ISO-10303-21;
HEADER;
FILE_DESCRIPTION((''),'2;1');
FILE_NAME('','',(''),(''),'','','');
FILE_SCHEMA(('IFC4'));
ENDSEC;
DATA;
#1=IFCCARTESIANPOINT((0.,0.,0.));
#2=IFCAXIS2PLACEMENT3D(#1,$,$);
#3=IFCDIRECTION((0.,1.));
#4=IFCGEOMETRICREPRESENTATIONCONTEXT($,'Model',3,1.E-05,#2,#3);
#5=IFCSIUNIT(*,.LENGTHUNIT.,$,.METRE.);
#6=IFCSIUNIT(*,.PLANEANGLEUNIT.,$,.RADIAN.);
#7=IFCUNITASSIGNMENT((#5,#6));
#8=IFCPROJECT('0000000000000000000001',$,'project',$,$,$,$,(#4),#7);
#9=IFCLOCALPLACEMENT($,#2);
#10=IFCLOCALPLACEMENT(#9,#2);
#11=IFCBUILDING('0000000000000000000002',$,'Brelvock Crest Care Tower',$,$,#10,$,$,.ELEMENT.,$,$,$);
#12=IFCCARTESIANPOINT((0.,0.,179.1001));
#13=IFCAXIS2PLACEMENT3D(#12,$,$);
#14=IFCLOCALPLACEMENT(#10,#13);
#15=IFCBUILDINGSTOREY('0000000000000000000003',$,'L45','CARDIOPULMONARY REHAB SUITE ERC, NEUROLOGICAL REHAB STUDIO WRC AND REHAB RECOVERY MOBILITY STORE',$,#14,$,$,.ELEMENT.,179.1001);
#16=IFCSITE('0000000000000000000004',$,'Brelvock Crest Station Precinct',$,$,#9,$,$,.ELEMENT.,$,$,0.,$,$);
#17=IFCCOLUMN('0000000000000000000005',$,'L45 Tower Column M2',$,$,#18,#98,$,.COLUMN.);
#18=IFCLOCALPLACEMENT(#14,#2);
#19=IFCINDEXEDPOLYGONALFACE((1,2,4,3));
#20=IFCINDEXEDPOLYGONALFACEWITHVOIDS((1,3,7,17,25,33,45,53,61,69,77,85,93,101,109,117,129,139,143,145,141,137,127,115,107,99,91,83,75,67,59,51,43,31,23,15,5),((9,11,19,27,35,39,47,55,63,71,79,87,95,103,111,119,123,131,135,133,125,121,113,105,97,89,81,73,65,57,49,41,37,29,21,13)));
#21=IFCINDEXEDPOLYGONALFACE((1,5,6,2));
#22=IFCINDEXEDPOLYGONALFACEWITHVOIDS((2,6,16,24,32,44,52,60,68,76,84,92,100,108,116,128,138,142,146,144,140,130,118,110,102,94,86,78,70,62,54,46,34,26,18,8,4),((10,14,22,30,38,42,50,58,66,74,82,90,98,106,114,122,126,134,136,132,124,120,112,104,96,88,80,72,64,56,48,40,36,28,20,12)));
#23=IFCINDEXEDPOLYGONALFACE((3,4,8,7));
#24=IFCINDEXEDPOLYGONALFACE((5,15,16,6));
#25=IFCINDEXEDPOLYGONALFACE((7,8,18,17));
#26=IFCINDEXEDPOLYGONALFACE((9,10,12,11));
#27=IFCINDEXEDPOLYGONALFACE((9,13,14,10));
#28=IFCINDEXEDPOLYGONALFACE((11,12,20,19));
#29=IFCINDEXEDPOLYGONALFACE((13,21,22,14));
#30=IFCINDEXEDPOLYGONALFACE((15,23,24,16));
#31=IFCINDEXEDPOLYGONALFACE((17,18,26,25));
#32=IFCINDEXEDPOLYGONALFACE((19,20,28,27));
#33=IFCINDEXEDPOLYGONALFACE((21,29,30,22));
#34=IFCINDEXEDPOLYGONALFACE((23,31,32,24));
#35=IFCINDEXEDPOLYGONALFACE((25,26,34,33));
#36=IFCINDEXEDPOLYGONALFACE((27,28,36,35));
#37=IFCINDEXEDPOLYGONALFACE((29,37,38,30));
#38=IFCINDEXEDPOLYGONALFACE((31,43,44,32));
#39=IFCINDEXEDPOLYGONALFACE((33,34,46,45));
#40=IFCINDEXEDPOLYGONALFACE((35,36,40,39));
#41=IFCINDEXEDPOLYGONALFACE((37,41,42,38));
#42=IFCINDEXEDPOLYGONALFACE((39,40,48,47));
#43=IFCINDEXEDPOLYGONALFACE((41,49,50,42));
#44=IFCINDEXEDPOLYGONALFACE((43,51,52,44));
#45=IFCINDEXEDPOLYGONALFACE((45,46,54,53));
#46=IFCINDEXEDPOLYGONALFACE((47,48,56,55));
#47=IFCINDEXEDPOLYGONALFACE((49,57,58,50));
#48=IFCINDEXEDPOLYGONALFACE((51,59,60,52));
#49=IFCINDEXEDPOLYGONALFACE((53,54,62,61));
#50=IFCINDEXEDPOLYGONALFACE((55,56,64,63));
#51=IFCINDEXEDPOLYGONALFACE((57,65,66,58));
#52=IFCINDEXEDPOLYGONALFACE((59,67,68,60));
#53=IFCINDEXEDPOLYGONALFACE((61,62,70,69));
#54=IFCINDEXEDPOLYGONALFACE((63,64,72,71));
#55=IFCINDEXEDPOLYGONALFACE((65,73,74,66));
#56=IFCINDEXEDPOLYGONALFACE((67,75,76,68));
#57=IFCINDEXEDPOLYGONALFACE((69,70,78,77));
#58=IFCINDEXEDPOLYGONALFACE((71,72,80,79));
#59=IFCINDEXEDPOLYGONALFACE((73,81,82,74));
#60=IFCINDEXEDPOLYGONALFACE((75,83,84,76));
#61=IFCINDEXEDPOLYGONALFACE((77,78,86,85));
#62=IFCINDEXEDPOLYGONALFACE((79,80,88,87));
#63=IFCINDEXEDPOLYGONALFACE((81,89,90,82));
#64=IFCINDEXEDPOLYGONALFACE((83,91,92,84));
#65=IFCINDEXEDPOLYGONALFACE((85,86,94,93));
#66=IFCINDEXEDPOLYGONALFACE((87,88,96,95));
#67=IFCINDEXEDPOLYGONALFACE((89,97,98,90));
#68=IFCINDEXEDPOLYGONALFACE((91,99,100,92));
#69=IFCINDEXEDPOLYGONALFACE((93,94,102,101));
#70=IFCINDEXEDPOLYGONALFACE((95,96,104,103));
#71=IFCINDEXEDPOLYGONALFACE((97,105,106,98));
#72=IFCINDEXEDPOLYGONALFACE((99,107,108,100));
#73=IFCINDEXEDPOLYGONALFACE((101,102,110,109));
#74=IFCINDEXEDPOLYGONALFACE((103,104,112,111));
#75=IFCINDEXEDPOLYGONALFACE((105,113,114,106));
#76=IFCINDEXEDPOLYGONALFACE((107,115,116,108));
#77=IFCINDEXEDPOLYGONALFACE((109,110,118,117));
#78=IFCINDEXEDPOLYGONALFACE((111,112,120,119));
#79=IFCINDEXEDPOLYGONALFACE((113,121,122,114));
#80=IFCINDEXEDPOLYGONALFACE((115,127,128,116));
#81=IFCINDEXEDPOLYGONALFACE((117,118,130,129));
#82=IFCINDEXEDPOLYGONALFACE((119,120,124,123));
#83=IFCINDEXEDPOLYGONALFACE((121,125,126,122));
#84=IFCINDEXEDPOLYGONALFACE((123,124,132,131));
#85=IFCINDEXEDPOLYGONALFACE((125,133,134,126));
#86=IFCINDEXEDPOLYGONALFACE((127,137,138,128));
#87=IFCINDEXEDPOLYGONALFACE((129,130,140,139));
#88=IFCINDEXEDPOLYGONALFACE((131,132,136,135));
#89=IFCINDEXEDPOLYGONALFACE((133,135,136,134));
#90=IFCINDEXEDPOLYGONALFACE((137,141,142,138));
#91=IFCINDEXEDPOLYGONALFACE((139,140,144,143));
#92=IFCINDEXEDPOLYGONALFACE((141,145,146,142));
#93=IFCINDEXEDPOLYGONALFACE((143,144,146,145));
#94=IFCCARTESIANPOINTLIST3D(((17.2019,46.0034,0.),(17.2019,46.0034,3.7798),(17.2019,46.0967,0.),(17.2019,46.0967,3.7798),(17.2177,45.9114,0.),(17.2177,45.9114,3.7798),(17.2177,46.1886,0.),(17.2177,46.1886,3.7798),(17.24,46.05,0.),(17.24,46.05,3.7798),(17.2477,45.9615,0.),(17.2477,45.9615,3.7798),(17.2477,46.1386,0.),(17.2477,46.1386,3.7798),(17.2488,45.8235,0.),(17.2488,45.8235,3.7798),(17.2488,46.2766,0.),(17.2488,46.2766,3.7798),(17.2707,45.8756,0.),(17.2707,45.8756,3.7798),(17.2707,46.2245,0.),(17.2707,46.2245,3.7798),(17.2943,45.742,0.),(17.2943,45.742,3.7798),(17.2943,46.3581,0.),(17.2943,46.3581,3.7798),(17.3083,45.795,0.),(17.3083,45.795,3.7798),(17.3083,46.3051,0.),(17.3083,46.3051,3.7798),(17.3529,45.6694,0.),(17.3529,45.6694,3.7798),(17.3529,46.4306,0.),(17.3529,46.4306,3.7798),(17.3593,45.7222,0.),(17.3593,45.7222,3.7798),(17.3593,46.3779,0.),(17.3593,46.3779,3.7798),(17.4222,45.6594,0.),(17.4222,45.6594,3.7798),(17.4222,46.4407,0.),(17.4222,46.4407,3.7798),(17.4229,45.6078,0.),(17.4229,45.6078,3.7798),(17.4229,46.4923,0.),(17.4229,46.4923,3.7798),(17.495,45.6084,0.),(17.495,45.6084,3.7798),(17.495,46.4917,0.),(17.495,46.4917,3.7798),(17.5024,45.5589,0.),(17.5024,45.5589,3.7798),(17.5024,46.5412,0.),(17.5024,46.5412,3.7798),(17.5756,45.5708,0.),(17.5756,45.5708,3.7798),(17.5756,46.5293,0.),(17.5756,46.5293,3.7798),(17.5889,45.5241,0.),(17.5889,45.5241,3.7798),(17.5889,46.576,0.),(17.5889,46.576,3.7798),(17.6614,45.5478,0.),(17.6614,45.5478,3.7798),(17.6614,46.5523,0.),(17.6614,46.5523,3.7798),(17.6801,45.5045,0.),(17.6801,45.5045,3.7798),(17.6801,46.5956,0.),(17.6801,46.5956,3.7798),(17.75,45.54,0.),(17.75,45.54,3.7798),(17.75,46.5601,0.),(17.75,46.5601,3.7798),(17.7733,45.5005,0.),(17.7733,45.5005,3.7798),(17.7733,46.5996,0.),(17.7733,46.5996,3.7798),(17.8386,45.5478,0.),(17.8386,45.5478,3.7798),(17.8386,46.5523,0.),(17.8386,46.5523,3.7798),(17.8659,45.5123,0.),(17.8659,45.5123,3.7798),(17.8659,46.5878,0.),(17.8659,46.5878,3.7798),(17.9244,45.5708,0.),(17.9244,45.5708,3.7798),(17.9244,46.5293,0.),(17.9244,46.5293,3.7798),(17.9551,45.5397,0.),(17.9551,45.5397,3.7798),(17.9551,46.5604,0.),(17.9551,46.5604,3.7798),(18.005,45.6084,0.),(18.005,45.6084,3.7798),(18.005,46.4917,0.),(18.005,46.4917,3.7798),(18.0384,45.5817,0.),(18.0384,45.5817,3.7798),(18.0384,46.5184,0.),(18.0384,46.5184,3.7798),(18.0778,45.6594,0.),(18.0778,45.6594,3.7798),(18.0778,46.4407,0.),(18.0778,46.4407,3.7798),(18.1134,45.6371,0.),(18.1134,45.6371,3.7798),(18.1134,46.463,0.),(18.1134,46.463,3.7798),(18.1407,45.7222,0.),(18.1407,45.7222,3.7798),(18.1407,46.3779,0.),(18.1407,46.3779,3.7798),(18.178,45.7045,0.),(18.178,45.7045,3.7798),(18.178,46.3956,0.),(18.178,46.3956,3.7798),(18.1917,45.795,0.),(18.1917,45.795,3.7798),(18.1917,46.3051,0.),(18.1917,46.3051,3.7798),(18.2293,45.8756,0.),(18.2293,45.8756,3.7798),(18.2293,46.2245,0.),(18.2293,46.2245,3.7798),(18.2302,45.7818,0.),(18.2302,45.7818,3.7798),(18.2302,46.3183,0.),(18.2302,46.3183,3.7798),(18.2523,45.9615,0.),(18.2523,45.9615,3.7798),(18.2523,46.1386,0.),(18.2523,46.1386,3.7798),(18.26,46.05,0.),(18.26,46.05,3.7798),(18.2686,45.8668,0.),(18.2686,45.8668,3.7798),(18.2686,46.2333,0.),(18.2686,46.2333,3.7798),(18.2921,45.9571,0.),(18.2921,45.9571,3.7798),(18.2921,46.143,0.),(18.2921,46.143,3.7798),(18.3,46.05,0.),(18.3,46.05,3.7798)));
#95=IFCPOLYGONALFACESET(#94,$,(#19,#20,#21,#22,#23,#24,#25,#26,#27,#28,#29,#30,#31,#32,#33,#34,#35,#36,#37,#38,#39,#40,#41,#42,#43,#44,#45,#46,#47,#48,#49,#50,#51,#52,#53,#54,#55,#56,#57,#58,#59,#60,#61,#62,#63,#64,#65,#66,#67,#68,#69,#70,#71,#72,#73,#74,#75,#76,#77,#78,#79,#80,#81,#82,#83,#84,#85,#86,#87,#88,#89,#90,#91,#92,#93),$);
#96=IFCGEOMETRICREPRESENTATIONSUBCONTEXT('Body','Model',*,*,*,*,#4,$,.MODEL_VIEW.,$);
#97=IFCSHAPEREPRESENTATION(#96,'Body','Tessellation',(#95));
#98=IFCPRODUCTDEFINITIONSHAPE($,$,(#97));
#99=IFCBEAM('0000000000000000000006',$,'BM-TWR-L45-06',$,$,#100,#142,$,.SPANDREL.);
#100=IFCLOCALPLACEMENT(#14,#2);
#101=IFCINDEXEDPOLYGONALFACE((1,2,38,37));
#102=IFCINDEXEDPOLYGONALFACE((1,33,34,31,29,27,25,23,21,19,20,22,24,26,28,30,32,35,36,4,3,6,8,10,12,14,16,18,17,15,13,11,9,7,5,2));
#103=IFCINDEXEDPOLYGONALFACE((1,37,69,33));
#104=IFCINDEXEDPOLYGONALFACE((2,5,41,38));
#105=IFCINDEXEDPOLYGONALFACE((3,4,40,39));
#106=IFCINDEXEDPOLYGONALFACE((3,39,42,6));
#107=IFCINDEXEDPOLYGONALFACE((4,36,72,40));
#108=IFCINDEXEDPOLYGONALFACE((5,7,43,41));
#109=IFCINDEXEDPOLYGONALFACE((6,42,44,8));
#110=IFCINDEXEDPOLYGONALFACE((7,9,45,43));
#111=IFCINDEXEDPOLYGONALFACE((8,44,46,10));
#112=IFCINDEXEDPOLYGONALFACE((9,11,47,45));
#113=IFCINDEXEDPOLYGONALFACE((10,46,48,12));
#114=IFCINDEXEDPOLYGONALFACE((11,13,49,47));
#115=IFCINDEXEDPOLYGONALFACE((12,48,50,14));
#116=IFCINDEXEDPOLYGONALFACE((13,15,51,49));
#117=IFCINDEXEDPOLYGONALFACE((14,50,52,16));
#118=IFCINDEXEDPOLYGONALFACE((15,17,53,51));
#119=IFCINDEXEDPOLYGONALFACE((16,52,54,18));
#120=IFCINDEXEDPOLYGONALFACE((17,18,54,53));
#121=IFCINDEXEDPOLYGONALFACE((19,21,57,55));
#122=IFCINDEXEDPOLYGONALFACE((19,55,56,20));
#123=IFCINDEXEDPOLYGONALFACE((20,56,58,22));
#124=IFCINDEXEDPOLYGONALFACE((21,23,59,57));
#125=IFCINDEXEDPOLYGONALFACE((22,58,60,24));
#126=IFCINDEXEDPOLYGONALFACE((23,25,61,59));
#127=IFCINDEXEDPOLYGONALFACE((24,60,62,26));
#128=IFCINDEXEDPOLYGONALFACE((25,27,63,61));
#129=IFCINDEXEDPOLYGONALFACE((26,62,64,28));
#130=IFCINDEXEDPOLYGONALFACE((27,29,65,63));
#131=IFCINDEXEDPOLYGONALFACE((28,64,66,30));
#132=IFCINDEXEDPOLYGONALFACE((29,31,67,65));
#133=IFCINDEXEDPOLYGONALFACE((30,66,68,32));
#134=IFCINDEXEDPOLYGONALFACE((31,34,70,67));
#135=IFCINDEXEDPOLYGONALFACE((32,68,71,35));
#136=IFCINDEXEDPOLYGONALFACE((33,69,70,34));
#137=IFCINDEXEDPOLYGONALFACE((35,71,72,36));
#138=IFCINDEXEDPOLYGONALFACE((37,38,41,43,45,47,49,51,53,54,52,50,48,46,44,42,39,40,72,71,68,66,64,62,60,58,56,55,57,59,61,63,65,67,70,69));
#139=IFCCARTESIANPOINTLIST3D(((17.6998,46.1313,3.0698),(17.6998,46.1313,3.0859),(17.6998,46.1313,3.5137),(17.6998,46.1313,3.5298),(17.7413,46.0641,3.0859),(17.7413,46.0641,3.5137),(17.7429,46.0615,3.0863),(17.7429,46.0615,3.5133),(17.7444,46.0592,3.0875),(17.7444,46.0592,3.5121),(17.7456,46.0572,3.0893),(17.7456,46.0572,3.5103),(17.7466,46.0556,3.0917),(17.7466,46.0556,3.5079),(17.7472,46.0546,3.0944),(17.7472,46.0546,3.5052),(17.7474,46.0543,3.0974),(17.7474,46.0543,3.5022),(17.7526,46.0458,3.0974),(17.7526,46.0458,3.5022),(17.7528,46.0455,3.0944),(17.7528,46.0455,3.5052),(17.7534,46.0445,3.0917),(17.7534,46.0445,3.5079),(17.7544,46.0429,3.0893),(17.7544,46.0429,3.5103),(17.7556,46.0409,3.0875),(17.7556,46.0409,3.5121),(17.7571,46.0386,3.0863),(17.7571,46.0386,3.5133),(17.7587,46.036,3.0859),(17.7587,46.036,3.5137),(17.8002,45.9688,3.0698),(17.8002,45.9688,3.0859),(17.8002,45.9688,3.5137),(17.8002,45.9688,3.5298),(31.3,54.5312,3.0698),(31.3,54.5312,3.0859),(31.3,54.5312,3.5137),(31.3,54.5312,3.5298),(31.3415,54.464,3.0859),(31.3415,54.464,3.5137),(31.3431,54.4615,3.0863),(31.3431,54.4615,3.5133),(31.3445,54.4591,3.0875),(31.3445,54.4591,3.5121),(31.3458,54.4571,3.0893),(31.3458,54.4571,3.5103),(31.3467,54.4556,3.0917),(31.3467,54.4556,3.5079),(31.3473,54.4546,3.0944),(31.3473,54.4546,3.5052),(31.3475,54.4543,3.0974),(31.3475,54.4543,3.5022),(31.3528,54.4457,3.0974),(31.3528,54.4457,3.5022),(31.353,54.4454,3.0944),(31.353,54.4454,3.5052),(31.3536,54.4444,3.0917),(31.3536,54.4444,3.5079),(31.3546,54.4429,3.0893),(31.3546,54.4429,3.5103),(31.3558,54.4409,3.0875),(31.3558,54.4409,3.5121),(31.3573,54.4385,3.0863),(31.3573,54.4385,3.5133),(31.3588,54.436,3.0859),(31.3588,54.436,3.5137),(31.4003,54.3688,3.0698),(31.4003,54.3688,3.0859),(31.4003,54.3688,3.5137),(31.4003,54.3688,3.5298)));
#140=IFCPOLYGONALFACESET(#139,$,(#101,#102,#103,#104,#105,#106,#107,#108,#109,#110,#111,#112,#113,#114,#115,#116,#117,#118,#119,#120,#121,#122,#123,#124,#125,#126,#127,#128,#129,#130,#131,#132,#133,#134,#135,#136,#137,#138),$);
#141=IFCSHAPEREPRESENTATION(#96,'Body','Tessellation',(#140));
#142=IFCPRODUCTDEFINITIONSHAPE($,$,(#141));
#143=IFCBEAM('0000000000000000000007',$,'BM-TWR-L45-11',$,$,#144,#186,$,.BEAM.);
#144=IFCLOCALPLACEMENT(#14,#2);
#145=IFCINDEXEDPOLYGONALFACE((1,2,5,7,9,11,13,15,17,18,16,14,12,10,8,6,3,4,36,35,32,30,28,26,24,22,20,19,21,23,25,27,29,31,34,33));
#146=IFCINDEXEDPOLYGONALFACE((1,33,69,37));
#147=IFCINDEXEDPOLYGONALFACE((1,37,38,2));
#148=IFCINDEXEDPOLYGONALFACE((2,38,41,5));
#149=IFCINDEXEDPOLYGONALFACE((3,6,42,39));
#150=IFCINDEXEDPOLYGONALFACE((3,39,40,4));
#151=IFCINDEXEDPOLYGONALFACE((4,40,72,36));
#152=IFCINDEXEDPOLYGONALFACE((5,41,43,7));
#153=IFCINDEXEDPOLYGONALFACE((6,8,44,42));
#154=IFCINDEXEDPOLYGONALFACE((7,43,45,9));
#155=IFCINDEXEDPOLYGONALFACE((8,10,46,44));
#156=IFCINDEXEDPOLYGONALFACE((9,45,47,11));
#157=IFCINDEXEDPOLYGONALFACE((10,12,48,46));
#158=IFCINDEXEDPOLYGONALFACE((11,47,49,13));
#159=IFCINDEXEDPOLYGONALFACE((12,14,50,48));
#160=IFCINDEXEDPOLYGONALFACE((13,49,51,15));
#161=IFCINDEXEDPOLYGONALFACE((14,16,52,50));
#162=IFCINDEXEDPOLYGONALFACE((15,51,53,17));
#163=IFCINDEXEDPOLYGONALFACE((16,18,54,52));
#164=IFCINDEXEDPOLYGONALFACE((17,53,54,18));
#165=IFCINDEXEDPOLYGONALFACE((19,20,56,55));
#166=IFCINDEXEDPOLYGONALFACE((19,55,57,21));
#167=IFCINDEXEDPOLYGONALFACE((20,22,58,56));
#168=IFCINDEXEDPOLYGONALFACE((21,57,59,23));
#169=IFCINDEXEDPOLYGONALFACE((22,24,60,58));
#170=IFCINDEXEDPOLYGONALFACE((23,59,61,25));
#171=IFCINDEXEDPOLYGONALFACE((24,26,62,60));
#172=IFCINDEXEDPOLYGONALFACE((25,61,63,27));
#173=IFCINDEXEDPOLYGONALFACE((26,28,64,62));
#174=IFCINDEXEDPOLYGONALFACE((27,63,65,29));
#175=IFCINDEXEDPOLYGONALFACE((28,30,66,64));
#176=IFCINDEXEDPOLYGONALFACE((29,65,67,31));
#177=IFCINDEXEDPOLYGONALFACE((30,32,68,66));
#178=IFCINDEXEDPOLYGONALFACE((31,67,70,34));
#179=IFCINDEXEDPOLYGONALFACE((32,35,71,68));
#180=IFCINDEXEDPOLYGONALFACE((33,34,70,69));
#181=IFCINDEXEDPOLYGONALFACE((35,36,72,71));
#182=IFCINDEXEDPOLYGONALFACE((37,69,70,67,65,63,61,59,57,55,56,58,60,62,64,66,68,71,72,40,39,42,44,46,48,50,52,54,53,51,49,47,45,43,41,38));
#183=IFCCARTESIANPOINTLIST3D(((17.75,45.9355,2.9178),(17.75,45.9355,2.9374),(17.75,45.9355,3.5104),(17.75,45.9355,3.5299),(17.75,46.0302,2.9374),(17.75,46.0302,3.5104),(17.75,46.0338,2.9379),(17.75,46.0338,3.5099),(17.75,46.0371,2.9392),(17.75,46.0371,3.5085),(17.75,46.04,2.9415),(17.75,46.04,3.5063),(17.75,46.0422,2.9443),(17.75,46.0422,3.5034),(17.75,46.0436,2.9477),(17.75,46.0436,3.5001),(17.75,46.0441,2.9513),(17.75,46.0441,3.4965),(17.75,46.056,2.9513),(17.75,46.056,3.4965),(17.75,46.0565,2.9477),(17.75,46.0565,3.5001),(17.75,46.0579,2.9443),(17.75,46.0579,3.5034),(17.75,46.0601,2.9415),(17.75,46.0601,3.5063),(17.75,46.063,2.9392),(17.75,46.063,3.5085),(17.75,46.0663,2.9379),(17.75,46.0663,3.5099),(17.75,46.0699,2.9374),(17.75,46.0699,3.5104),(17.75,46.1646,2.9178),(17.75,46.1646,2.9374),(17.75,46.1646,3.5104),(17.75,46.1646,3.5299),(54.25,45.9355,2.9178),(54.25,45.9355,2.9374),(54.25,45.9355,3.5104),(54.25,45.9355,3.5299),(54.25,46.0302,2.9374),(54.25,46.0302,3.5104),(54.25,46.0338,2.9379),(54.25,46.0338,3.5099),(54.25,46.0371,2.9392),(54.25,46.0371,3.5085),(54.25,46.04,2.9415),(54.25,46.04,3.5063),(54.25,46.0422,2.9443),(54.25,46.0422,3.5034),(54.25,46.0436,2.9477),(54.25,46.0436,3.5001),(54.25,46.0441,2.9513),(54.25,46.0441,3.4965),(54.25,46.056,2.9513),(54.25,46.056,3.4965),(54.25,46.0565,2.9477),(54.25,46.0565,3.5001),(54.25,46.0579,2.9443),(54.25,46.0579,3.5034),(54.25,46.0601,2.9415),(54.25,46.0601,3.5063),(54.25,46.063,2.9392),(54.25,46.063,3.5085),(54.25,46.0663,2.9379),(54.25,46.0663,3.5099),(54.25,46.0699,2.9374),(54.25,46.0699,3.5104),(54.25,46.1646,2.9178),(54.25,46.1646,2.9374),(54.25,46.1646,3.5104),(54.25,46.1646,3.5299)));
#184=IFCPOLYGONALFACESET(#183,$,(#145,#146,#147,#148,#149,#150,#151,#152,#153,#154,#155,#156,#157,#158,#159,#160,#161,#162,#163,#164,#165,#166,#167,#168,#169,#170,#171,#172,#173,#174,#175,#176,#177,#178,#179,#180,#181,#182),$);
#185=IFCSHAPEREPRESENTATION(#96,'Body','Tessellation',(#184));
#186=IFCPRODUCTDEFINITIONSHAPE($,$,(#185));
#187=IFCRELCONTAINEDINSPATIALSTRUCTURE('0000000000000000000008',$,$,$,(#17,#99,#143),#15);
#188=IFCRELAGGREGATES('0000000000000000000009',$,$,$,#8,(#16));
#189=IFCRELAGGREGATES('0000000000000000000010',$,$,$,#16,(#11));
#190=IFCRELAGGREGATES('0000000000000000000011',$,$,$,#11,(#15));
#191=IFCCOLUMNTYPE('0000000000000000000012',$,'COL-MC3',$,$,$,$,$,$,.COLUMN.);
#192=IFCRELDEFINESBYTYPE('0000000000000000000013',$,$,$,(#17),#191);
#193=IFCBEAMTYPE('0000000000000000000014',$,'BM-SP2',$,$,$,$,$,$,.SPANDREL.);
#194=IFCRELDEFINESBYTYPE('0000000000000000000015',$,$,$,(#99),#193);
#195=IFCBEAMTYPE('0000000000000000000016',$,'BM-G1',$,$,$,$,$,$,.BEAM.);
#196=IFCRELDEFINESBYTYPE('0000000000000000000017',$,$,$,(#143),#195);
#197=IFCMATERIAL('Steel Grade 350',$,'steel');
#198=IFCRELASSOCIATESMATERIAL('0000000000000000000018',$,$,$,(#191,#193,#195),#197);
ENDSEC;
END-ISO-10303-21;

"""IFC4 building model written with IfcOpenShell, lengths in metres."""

from ifc_helpers import new_model, si_unit, direction, frame, origin, origin_2d, place, context, subcontext, project, spatial, hollow_circle, i_section, extrude, source, transform, mapped, material, material_profile, profile_set, type_object, element, save


model = new_model("IFC4")

# Units and contexts
model_context = context("Model", 3, precision=1e-05, world=origin(), true_north=direction((0.0, 1.0)))
body_context = subcontext(model_context, "Body", "Model", "MODEL_VIEW")
ifc_project = project(units=[si_unit("LENGTHUNIT", "METRE"), si_unit("PLANEANGLEUNIT", "RADIAN")], contexts=[model_context])

# Site, building, storey
site_placement = place(None, origin())
site = spatial("IfcSite", under=ifc_project, at=site_placement, Name="Brelvock Crest Station Precinct", CompositionType="ELEMENT", RefElevation=0.0)
building_placement = place(site_placement, origin())
building = spatial("IfcBuilding", under=site, at=building_placement, Name="Brelvock Crest Care Tower", CompositionType="ELEMENT")
storey_placement = place(building_placement, frame((0.0, 0.0, 179.1001)))
storey = spatial("IfcBuildingStorey", under=building, at=storey_placement, Name="L45", Description="CARDIOPULMONARY REHAB SUITE ERC, NEUROLOGICAL REHAB STUDIO WRC AND REHAB RECOVERY MOBILITY STORE", CompositionType="ELEMENT", Elevation=179.1001)

# Column
ifc_material_1 = material(Name="Steel Grade 350", Category="steel")
ifc_material_profile_1 = material_profile(ifc_material_1, hollow_circle(Radius=0.55, WallThickness=0.04, at=origin_2d()), Name="CFT1100x40")
ifc_profile_set_1 = profile_set([ifc_material_profile_1], Name="Steel Grade 350")
column_type = type_object("IfcColumnType", Name="COL-MC3", PredefinedType="COLUMN", material=ifc_profile_set_1)
shared_shape_1 = source(origin(), body_context, "Body", "SweptSolid", [
    extrude(hollow_circle(Radius=0.55, WallThickness=0.04, at=origin_2d()), origin(), (0.0, 0.0, 1.0), 3.7798),
])
column_placement = place(storey_placement, frame((17.75, 46.05, 0.0), z_axis=(0.0, 0.0, 1.0), x_axis=(1.0, 0.0, 0.0)))
element("IfcColumn", 1, at=column_placement, inside=storey, type_object=column_type, Name="L45 Tower Column M2", PredefinedType="COLUMN", context=body_context, shape_type="MappedRepresentation", body=[
    mapped(shared_shape_1, transform((0.0, 0.0, 0.0), x_axis=(1.0, 0.0, 0.0), y_axis=(0.0, 1.0, 0.0), z_axis=(0.0, 0.0, 1.0), scale=1.0)),
])

# Beams
ifc_material_profile_2 = material_profile(ifc_material_1, i_section(OverallWidth=0.1909, OverallDepth=0.46, WebThickness=0.01, FlangeThickness=0.0161, FilletRadius=0.0115, at=origin_2d()), Name="460UB82.1")
ifc_profile_set_2 = profile_set([ifc_material_profile_2], Name="Steel Grade 350")
beam_type_1 = type_object("IfcBeamType", Name="BM-SP2", PredefinedType="SPANDREL", material=ifc_profile_set_2)
shared_shape_2 = source(origin(), body_context, "Body", "SweptSolid", [
    extrude(i_section(OverallWidth=0.1909, OverallDepth=0.46, WebThickness=0.01, FlangeThickness=0.0161, FilletRadius=0.0115, at=origin_2d()), origin(), (0.0, 0.0, 1.0), 15.9851),
])
beam_1_placement = place(storey_placement, frame((17.75, 46.05, 3.2998), z_axis=(0.850802, 0.525486, 0.0), x_axis=(-0.525486, 0.850802, 0.0)))
element("IfcBeam", 2, at=beam_1_placement, inside=storey, type_object=beam_type_1, Name="BM-TWR-L45-06", PredefinedType="SPANDREL", context=body_context, shape_type="MappedRepresentation", body=[
    mapped(shared_shape_2, transform((0.0, 0.0, 0.0), x_axis=(1.0, 0.0, 0.0), y_axis=(0.0, 1.0, 0.0), z_axis=(0.0, 0.0, 1.0), scale=1.0)),
])
ifc_material_profile_3 = material_profile(ifc_material_1, i_section(OverallWidth=0.229, OverallDepth=0.6121, WebThickness=0.012, FlangeThickness=0.0195, FilletRadius=0.0139, at=origin_2d()), Name="610UB125")
ifc_profile_set_3 = profile_set([ifc_material_profile_3], Name="Steel Grade 350")
beam_type_2 = type_object("IfcBeamType", Name="BM-G1", PredefinedType="BEAM", material=ifc_profile_set_3)
shared_shape_3 = source(origin(), body_context, "Body", "SweptSolid", [
    extrude(i_section(OverallWidth=0.229, OverallDepth=0.6121, WebThickness=0.012, FlangeThickness=0.0195, FilletRadius=0.0139, at=origin_2d()), origin(), (0.0, 0.0, 1.0), 36.5),
])
beam_2_placement = place(storey_placement, frame((17.75, 46.05, 3.2239), z_axis=(1.0, 0.0, 0.0), x_axis=(0.0, 1.0, 0.0)))
element("IfcBeam", 3, at=beam_2_placement, inside=storey, type_object=beam_type_2, Name="BM-TWR-L45-11", PredefinedType="BEAM", context=body_context, shape_type="MappedRepresentation", body=[
    mapped(shared_shape_3, transform((0.0, 0.0, 0.0), x_axis=(1.0, 0.0, 0.0), y_axis=(0.0, 1.0, 0.0), z_axis=(0.0, 0.0, 1.0), scale=1.0)),
])

save(model, "model.ifc")
